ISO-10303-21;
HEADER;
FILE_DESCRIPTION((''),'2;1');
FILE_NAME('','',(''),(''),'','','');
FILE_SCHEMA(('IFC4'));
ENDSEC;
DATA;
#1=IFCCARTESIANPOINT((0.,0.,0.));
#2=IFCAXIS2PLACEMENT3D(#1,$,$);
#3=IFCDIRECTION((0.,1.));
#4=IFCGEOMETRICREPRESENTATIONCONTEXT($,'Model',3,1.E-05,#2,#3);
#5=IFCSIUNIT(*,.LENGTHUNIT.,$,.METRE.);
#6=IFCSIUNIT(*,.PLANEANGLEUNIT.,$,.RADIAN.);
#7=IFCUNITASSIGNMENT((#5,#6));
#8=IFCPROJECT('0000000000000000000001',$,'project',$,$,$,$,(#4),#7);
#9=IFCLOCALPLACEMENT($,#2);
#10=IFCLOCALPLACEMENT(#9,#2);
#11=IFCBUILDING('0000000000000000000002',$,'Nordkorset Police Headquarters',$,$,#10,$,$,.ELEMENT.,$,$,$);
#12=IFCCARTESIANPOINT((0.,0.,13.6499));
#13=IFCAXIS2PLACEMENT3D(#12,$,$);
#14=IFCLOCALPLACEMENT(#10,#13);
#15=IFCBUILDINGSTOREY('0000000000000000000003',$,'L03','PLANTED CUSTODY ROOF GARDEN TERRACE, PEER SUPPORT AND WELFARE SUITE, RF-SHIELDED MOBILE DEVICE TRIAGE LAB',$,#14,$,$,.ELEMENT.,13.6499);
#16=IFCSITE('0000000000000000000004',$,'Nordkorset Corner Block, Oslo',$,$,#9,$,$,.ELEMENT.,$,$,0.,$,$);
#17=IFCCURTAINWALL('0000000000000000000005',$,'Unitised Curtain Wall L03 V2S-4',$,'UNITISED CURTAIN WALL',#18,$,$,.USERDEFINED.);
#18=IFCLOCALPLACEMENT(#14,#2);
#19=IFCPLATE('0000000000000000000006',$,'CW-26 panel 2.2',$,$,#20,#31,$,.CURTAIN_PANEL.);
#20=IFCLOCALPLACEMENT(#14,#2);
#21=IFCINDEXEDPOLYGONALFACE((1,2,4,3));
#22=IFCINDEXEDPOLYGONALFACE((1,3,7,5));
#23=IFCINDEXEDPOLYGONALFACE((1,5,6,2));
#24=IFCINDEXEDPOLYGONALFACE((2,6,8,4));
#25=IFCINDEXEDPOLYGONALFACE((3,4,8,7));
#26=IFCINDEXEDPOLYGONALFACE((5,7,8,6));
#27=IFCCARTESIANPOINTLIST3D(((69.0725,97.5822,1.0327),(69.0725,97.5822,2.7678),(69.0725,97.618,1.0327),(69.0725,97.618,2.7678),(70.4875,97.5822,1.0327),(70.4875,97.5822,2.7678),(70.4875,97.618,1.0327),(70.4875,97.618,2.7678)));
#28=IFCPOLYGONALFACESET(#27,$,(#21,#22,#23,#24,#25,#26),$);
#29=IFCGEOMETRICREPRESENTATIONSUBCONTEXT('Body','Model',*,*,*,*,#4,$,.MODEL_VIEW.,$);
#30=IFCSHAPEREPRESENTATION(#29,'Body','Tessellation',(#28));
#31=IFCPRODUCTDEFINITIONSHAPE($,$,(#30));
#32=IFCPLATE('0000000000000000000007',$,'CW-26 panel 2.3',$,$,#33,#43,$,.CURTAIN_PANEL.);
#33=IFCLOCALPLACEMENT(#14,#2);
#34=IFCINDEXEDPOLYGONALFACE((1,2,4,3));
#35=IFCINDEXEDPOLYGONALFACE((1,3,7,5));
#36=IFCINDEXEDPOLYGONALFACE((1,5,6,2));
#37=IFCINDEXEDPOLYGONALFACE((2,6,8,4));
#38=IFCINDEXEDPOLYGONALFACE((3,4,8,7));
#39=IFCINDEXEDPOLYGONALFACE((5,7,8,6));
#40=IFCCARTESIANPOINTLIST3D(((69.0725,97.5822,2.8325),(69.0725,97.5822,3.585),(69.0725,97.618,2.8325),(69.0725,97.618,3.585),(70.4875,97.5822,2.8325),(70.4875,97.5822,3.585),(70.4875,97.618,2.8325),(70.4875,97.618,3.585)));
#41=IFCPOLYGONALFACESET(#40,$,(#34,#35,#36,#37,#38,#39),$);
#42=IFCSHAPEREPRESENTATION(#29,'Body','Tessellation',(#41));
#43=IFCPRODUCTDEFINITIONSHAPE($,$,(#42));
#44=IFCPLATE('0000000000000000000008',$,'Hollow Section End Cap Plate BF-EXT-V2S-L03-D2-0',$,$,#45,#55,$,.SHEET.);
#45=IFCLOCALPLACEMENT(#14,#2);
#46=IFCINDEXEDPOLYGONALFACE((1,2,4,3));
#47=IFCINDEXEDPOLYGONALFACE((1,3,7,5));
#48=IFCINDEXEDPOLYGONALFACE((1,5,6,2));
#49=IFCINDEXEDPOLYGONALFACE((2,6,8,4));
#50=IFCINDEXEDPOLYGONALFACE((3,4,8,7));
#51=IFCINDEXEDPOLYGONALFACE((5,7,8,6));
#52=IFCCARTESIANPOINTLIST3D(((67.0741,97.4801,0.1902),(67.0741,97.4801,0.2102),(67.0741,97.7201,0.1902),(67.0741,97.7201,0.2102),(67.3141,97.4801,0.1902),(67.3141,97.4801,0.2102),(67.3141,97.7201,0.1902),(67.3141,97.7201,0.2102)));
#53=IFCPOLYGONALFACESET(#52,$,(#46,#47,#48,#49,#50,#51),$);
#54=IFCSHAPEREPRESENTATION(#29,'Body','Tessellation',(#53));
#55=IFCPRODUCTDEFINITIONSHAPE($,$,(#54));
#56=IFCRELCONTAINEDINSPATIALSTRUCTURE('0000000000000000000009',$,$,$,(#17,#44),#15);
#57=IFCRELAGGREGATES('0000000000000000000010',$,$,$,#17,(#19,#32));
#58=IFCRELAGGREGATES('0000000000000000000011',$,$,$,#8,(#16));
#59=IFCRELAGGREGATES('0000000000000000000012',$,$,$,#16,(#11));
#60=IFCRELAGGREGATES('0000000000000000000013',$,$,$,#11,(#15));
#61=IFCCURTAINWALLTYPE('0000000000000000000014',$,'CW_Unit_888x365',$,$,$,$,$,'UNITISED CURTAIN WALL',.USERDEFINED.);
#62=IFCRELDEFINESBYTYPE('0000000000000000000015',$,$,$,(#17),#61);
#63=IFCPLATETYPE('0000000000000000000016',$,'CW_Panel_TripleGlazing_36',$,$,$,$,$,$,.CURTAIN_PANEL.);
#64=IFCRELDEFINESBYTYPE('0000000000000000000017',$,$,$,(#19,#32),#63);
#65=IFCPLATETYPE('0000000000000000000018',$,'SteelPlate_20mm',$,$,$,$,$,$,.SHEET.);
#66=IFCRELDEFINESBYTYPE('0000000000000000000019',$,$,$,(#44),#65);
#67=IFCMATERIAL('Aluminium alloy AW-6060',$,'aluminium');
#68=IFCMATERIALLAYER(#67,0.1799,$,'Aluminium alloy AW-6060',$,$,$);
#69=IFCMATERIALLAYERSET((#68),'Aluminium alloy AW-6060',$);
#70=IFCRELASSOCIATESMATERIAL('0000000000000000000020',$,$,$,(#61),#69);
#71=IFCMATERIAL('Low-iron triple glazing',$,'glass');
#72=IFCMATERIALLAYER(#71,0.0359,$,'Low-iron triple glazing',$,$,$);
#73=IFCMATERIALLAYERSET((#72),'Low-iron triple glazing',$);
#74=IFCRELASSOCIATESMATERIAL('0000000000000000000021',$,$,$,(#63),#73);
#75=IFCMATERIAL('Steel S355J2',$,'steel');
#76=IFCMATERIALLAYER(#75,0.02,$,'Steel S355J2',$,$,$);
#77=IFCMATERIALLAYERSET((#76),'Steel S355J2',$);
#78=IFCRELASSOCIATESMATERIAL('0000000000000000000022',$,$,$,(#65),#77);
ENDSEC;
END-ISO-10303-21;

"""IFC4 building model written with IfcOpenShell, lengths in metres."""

from ifc_helpers import new_model, si_unit, direction, frame, origin, origin_2d, place, context, subcontext, project, spatial, rectangle, extrude, material, layer, layer_set, type_object, element, aggregate, save


model = new_model("IFC4")

# Units and contexts
model_context = context("Model", 3, precision=1e-05, world=origin(), true_north=direction((0.0, 1.0)))
body_context = subcontext(model_context, "Body", "Model", "MODEL_VIEW")
ifc_project = project(units=[si_unit("LENGTHUNIT", "METRE"), si_unit("PLANEANGLEUNIT", "RADIAN")], contexts=[model_context])

# Site, building, storey
site_placement = place(None, origin())
site = spatial("IfcSite", under=ifc_project, at=site_placement, Name="Nordkorset Corner Block, Oslo", CompositionType="ELEMENT", RefElevation=0.0)
building_placement = place(site_placement, origin())
building = spatial("IfcBuilding", under=site, at=building_placement, Name="Nordkorset Police Headquarters", CompositionType="ELEMENT")
storey_placement = place(building_placement, frame((0.0, 0.0, 13.6499)))
storey = spatial("IfcBuildingStorey", under=building, at=storey_placement, Name="L03", Description="PLANTED CUSTODY ROOF GARDEN TERRACE, PEER SUPPORT AND WELFARE SUITE, RF-SHIELDED MOBILE DEVICE TRIAGE LAB", CompositionType="ELEMENT", Elevation=13.6499)

# Curtain wall
ifc_material_1 = material(Name="Aluminium alloy AW-6060", Category="aluminium")
ifc_layer_1 = layer(ifc_material_1, 0.1799, Name="Aluminium alloy AW-6060")
ifc_layer_set_1 = layer_set([ifc_layer_1], Name="Aluminium alloy AW-6060")
curtain_wall_type = type_object("IfcCurtainWallType", Name="CW_Unit_888x365", ElementType="UNITISED CURTAIN WALL", PredefinedType="USERDEFINED", material=ifc_layer_set_1)
curtain_wall_placement = place(storey_placement, origin())
curtain_wall = element("IfcCurtainWall", 1, at=curtain_wall_placement, inside=storey, type_object=curtain_wall_type, Name="Unitised Curtain Wall L03 V2S-4", ObjectType="UNITISED CURTAIN WALL", PredefinedType="USERDEFINED")

# Plates
ifc_material_2 = material(Name="Low-iron triple glazing", Category="glass")
ifc_layer_2 = layer(ifc_material_2, 0.0359, Name="Low-iron triple glazing")
ifc_layer_set_2 = layer_set([ifc_layer_2], Name="Low-iron triple glazing")
plate_type_1 = type_object("IfcPlateType", Name="CW_Panel_TripleGlazing_36", PredefinedType="CURTAIN_PANEL", material=ifc_layer_set_2)
plate_1_placement = place(storey_placement, frame((69.78, 97.6001, 1.0327), z_axis=(0.0, 0.0, 1.0), x_axis=(1.0, 0.0, 0.0)))
plate_1 = element("IfcPlate", 2, at=plate_1_placement, type_object=plate_type_1, Name="CW-26 panel 2.2", PredefinedType="CURTAIN_PANEL", context=body_context, shape_type="SweptSolid", body=[
    extrude(rectangle(XDim=1.415, YDim=0.0359, at=origin_2d()), origin(), (0.0, 0.0, 1.0), 1.7351),
])
plate_2_placement = place(storey_placement, frame((69.78, 97.6001, 2.8325), z_axis=(0.0, 0.0, 1.0), x_axis=(1.0, 0.0, 0.0)))
plate_2 = element("IfcPlate", 3, at=plate_2_placement, type_object=plate_type_1, Name="CW-26 panel 2.3", PredefinedType="CURTAIN_PANEL", context=body_context, shape_type="SweptSolid", body=[
    extrude(rectangle(XDim=1.415, YDim=0.0359, at=origin_2d()), origin(), (0.0, 0.0, 1.0), 0.7524),
])
aggregate(curtain_wall, [plate_1, plate_2])
ifc_material_3 = material(Name="Steel S355J2", Category="steel")
ifc_layer_3 = layer(ifc_material_3, 0.02, Name="Steel S355J2")
ifc_layer_set_3 = layer_set([ifc_layer_3], Name="Steel S355J2")
plate_type_2 = type_object("IfcPlateType", Name="SteelPlate_20mm", PredefinedType="SHEET", material=ifc_layer_set_3)
plate_3_placement = place(storey_placement, frame((67.1941, 97.6001, 0.1902), z_axis=(0.0, 0.0, 1.0), x_axis=(1.0, 0.0, 0.0)))
element("IfcPlate", 4, at=plate_3_placement, inside=storey, type_object=plate_type_2, Name="Hollow Section End Cap Plate BF-EXT-V2S-L03-D2-0", PredefinedType="SHEET", context=body_context, shape_type="SweptSolid", body=[
    extrude(rectangle(XDim=0.24, YDim=0.24, at=origin_2d()), origin(), (0.0, 0.0, 1.0), 0.02),
])

save(model, "model.ifc")
